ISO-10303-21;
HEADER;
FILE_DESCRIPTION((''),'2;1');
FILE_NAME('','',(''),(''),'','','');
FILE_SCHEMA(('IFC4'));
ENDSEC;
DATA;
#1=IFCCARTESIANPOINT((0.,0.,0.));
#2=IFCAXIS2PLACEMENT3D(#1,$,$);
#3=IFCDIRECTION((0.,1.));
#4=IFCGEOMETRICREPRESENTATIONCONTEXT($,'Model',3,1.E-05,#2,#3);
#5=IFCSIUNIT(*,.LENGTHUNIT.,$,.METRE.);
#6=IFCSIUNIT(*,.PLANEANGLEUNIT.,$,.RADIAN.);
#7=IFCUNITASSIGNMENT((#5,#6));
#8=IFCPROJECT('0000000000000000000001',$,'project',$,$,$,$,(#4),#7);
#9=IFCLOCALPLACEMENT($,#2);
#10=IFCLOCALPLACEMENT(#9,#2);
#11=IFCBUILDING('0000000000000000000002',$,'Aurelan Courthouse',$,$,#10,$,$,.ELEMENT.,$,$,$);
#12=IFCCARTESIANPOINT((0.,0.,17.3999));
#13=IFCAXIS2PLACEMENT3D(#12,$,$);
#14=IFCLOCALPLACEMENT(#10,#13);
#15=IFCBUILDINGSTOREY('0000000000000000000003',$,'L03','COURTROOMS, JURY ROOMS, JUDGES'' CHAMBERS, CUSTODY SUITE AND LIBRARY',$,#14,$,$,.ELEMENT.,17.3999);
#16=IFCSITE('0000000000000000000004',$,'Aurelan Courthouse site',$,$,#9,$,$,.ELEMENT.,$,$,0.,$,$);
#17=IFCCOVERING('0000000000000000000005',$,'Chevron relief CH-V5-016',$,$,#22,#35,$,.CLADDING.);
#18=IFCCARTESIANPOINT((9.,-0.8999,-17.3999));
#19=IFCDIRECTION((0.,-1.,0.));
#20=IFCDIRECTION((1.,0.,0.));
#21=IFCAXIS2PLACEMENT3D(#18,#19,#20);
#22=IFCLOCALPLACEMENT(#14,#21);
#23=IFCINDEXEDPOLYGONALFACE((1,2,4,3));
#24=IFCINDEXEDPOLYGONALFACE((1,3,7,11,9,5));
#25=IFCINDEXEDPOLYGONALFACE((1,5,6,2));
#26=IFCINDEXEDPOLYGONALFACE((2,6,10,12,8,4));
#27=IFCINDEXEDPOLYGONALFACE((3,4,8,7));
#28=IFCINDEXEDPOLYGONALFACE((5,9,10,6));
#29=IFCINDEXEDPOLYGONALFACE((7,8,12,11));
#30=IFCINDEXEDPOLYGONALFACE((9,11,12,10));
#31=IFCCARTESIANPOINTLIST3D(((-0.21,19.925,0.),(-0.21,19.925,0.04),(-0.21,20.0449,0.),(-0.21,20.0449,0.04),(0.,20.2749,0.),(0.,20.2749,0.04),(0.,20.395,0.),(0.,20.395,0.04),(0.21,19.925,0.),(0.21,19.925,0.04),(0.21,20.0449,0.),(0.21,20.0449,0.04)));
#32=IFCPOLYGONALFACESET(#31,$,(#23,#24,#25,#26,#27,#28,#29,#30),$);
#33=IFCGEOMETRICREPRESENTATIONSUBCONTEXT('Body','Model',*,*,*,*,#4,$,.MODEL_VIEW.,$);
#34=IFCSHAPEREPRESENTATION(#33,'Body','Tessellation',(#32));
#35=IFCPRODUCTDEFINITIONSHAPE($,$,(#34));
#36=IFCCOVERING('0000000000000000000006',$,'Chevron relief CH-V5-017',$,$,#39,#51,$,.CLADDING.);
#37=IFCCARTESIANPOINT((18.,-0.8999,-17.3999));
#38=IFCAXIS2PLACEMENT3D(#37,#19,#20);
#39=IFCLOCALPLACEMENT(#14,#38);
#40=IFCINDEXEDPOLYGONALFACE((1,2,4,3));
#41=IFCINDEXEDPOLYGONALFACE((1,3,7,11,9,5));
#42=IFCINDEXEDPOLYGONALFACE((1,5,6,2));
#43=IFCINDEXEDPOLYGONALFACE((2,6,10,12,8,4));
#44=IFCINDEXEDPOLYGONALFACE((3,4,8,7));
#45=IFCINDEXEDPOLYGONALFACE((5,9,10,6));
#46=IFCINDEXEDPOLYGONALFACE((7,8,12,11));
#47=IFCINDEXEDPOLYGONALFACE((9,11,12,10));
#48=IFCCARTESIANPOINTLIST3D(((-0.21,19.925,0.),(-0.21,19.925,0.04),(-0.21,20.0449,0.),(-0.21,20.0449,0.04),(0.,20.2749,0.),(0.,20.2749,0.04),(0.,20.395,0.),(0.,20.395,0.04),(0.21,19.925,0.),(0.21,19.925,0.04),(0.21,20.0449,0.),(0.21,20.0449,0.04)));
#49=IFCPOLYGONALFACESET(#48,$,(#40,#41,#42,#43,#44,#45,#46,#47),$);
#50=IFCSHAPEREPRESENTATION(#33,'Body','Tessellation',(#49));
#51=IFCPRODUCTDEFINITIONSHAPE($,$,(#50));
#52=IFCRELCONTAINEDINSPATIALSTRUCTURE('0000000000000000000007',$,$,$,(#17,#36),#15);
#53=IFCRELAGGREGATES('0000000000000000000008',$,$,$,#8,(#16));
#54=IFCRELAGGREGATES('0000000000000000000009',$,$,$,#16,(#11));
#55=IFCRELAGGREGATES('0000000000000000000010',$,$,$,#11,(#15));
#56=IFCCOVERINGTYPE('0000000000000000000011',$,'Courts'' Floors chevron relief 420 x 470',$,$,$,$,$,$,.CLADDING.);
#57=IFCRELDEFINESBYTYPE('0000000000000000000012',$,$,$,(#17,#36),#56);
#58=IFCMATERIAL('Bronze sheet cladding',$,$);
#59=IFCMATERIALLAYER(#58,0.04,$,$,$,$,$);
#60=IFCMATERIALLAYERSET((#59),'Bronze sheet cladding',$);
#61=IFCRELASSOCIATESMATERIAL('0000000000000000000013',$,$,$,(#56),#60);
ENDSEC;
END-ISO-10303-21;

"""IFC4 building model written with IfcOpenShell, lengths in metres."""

from ifc_helpers import new_model, si_unit, direction, frame, origin, place, context, subcontext, project, spatial, polyline, outline, extrude, material, layer, layer_set, type_object, element, save


model = new_model("IFC4")

# Units and contexts
model_context = context("Model", 3, precision=1e-05, world=origin(), true_north=direction((0.0, 1.0)))
body_context = subcontext(model_context, "Body", "Model", "MODEL_VIEW")
ifc_project = project(units=[si_unit("LENGTHUNIT", "METRE"), si_unit("PLANEANGLEUNIT", "RADIAN")], contexts=[model_context])

# Site, building, storey
site_placement = place(None, origin())
site = spatial("IfcSite", under=ifc_project, at=site_placement, Name="Aurelan Courthouse site", CompositionType="ELEMENT", RefElevation=0.0)
building_placement = place(site_placement, origin())
building = spatial("IfcBuilding", under=site, at=building_placement, Name="Aurelan Courthouse", CompositionType="ELEMENT")
storey_placement = place(building_placement, frame((0.0, 0.0, 17.3999)))
storey = spatial("IfcBuildingStorey", under=building, at=storey_placement, Name="L03", Description="COURTROOMS, JURY ROOMS, JUDGES' CHAMBERS, CUSTODY SUITE AND LIBRARY", CompositionType="ELEMENT", Elevation=17.3999)

# Coverings
ifc_material_1 = material(Name="Bronze sheet cladding")
ifc_layer_1 = layer(ifc_material_1, 0.04)
ifc_layer_set_1 = layer_set([ifc_layer_1], Name="Bronze sheet cladding")
covering_type_1 = type_object("IfcCoveringType", Name="Courts' Floors chevron relief 420 x 470", PredefinedType="CLADDING", material=ifc_layer_set_1)
for number, where, z_axis, x_axis, name in (
    (1, (9.0, -0.8999, -17.3999), (0.0, -1.0, 0.0), (1.0, 0.0, 0.0), "Chevron relief CH-V5-016"),
    (2, (18.0, -0.8999, -17.3999), (0.0, -1.0, 0.0), (1.0, 0.0, 0.0), "Chevron relief CH-V5-017"),
):
    element("IfcCovering", number, at=place(storey_placement, frame(where, z_axis=z_axis, x_axis=x_axis)), inside=storey, type_object=covering_type_1, Name=name, PredefinedType="CLADDING", context=body_context, shape_type="SweptSolid", body=[
        extrude(outline(polyline([(-0.21, 19.925), (0.0, 20.2749), (0.21, 19.925), (0.21, 20.0449), (0.0, 20.395), (-0.21, 20.0449), (-0.21, 19.925)])), origin(), (0.0, 0.0, 1.0), 0.04),
    ])

save(model, "model.ifc")
